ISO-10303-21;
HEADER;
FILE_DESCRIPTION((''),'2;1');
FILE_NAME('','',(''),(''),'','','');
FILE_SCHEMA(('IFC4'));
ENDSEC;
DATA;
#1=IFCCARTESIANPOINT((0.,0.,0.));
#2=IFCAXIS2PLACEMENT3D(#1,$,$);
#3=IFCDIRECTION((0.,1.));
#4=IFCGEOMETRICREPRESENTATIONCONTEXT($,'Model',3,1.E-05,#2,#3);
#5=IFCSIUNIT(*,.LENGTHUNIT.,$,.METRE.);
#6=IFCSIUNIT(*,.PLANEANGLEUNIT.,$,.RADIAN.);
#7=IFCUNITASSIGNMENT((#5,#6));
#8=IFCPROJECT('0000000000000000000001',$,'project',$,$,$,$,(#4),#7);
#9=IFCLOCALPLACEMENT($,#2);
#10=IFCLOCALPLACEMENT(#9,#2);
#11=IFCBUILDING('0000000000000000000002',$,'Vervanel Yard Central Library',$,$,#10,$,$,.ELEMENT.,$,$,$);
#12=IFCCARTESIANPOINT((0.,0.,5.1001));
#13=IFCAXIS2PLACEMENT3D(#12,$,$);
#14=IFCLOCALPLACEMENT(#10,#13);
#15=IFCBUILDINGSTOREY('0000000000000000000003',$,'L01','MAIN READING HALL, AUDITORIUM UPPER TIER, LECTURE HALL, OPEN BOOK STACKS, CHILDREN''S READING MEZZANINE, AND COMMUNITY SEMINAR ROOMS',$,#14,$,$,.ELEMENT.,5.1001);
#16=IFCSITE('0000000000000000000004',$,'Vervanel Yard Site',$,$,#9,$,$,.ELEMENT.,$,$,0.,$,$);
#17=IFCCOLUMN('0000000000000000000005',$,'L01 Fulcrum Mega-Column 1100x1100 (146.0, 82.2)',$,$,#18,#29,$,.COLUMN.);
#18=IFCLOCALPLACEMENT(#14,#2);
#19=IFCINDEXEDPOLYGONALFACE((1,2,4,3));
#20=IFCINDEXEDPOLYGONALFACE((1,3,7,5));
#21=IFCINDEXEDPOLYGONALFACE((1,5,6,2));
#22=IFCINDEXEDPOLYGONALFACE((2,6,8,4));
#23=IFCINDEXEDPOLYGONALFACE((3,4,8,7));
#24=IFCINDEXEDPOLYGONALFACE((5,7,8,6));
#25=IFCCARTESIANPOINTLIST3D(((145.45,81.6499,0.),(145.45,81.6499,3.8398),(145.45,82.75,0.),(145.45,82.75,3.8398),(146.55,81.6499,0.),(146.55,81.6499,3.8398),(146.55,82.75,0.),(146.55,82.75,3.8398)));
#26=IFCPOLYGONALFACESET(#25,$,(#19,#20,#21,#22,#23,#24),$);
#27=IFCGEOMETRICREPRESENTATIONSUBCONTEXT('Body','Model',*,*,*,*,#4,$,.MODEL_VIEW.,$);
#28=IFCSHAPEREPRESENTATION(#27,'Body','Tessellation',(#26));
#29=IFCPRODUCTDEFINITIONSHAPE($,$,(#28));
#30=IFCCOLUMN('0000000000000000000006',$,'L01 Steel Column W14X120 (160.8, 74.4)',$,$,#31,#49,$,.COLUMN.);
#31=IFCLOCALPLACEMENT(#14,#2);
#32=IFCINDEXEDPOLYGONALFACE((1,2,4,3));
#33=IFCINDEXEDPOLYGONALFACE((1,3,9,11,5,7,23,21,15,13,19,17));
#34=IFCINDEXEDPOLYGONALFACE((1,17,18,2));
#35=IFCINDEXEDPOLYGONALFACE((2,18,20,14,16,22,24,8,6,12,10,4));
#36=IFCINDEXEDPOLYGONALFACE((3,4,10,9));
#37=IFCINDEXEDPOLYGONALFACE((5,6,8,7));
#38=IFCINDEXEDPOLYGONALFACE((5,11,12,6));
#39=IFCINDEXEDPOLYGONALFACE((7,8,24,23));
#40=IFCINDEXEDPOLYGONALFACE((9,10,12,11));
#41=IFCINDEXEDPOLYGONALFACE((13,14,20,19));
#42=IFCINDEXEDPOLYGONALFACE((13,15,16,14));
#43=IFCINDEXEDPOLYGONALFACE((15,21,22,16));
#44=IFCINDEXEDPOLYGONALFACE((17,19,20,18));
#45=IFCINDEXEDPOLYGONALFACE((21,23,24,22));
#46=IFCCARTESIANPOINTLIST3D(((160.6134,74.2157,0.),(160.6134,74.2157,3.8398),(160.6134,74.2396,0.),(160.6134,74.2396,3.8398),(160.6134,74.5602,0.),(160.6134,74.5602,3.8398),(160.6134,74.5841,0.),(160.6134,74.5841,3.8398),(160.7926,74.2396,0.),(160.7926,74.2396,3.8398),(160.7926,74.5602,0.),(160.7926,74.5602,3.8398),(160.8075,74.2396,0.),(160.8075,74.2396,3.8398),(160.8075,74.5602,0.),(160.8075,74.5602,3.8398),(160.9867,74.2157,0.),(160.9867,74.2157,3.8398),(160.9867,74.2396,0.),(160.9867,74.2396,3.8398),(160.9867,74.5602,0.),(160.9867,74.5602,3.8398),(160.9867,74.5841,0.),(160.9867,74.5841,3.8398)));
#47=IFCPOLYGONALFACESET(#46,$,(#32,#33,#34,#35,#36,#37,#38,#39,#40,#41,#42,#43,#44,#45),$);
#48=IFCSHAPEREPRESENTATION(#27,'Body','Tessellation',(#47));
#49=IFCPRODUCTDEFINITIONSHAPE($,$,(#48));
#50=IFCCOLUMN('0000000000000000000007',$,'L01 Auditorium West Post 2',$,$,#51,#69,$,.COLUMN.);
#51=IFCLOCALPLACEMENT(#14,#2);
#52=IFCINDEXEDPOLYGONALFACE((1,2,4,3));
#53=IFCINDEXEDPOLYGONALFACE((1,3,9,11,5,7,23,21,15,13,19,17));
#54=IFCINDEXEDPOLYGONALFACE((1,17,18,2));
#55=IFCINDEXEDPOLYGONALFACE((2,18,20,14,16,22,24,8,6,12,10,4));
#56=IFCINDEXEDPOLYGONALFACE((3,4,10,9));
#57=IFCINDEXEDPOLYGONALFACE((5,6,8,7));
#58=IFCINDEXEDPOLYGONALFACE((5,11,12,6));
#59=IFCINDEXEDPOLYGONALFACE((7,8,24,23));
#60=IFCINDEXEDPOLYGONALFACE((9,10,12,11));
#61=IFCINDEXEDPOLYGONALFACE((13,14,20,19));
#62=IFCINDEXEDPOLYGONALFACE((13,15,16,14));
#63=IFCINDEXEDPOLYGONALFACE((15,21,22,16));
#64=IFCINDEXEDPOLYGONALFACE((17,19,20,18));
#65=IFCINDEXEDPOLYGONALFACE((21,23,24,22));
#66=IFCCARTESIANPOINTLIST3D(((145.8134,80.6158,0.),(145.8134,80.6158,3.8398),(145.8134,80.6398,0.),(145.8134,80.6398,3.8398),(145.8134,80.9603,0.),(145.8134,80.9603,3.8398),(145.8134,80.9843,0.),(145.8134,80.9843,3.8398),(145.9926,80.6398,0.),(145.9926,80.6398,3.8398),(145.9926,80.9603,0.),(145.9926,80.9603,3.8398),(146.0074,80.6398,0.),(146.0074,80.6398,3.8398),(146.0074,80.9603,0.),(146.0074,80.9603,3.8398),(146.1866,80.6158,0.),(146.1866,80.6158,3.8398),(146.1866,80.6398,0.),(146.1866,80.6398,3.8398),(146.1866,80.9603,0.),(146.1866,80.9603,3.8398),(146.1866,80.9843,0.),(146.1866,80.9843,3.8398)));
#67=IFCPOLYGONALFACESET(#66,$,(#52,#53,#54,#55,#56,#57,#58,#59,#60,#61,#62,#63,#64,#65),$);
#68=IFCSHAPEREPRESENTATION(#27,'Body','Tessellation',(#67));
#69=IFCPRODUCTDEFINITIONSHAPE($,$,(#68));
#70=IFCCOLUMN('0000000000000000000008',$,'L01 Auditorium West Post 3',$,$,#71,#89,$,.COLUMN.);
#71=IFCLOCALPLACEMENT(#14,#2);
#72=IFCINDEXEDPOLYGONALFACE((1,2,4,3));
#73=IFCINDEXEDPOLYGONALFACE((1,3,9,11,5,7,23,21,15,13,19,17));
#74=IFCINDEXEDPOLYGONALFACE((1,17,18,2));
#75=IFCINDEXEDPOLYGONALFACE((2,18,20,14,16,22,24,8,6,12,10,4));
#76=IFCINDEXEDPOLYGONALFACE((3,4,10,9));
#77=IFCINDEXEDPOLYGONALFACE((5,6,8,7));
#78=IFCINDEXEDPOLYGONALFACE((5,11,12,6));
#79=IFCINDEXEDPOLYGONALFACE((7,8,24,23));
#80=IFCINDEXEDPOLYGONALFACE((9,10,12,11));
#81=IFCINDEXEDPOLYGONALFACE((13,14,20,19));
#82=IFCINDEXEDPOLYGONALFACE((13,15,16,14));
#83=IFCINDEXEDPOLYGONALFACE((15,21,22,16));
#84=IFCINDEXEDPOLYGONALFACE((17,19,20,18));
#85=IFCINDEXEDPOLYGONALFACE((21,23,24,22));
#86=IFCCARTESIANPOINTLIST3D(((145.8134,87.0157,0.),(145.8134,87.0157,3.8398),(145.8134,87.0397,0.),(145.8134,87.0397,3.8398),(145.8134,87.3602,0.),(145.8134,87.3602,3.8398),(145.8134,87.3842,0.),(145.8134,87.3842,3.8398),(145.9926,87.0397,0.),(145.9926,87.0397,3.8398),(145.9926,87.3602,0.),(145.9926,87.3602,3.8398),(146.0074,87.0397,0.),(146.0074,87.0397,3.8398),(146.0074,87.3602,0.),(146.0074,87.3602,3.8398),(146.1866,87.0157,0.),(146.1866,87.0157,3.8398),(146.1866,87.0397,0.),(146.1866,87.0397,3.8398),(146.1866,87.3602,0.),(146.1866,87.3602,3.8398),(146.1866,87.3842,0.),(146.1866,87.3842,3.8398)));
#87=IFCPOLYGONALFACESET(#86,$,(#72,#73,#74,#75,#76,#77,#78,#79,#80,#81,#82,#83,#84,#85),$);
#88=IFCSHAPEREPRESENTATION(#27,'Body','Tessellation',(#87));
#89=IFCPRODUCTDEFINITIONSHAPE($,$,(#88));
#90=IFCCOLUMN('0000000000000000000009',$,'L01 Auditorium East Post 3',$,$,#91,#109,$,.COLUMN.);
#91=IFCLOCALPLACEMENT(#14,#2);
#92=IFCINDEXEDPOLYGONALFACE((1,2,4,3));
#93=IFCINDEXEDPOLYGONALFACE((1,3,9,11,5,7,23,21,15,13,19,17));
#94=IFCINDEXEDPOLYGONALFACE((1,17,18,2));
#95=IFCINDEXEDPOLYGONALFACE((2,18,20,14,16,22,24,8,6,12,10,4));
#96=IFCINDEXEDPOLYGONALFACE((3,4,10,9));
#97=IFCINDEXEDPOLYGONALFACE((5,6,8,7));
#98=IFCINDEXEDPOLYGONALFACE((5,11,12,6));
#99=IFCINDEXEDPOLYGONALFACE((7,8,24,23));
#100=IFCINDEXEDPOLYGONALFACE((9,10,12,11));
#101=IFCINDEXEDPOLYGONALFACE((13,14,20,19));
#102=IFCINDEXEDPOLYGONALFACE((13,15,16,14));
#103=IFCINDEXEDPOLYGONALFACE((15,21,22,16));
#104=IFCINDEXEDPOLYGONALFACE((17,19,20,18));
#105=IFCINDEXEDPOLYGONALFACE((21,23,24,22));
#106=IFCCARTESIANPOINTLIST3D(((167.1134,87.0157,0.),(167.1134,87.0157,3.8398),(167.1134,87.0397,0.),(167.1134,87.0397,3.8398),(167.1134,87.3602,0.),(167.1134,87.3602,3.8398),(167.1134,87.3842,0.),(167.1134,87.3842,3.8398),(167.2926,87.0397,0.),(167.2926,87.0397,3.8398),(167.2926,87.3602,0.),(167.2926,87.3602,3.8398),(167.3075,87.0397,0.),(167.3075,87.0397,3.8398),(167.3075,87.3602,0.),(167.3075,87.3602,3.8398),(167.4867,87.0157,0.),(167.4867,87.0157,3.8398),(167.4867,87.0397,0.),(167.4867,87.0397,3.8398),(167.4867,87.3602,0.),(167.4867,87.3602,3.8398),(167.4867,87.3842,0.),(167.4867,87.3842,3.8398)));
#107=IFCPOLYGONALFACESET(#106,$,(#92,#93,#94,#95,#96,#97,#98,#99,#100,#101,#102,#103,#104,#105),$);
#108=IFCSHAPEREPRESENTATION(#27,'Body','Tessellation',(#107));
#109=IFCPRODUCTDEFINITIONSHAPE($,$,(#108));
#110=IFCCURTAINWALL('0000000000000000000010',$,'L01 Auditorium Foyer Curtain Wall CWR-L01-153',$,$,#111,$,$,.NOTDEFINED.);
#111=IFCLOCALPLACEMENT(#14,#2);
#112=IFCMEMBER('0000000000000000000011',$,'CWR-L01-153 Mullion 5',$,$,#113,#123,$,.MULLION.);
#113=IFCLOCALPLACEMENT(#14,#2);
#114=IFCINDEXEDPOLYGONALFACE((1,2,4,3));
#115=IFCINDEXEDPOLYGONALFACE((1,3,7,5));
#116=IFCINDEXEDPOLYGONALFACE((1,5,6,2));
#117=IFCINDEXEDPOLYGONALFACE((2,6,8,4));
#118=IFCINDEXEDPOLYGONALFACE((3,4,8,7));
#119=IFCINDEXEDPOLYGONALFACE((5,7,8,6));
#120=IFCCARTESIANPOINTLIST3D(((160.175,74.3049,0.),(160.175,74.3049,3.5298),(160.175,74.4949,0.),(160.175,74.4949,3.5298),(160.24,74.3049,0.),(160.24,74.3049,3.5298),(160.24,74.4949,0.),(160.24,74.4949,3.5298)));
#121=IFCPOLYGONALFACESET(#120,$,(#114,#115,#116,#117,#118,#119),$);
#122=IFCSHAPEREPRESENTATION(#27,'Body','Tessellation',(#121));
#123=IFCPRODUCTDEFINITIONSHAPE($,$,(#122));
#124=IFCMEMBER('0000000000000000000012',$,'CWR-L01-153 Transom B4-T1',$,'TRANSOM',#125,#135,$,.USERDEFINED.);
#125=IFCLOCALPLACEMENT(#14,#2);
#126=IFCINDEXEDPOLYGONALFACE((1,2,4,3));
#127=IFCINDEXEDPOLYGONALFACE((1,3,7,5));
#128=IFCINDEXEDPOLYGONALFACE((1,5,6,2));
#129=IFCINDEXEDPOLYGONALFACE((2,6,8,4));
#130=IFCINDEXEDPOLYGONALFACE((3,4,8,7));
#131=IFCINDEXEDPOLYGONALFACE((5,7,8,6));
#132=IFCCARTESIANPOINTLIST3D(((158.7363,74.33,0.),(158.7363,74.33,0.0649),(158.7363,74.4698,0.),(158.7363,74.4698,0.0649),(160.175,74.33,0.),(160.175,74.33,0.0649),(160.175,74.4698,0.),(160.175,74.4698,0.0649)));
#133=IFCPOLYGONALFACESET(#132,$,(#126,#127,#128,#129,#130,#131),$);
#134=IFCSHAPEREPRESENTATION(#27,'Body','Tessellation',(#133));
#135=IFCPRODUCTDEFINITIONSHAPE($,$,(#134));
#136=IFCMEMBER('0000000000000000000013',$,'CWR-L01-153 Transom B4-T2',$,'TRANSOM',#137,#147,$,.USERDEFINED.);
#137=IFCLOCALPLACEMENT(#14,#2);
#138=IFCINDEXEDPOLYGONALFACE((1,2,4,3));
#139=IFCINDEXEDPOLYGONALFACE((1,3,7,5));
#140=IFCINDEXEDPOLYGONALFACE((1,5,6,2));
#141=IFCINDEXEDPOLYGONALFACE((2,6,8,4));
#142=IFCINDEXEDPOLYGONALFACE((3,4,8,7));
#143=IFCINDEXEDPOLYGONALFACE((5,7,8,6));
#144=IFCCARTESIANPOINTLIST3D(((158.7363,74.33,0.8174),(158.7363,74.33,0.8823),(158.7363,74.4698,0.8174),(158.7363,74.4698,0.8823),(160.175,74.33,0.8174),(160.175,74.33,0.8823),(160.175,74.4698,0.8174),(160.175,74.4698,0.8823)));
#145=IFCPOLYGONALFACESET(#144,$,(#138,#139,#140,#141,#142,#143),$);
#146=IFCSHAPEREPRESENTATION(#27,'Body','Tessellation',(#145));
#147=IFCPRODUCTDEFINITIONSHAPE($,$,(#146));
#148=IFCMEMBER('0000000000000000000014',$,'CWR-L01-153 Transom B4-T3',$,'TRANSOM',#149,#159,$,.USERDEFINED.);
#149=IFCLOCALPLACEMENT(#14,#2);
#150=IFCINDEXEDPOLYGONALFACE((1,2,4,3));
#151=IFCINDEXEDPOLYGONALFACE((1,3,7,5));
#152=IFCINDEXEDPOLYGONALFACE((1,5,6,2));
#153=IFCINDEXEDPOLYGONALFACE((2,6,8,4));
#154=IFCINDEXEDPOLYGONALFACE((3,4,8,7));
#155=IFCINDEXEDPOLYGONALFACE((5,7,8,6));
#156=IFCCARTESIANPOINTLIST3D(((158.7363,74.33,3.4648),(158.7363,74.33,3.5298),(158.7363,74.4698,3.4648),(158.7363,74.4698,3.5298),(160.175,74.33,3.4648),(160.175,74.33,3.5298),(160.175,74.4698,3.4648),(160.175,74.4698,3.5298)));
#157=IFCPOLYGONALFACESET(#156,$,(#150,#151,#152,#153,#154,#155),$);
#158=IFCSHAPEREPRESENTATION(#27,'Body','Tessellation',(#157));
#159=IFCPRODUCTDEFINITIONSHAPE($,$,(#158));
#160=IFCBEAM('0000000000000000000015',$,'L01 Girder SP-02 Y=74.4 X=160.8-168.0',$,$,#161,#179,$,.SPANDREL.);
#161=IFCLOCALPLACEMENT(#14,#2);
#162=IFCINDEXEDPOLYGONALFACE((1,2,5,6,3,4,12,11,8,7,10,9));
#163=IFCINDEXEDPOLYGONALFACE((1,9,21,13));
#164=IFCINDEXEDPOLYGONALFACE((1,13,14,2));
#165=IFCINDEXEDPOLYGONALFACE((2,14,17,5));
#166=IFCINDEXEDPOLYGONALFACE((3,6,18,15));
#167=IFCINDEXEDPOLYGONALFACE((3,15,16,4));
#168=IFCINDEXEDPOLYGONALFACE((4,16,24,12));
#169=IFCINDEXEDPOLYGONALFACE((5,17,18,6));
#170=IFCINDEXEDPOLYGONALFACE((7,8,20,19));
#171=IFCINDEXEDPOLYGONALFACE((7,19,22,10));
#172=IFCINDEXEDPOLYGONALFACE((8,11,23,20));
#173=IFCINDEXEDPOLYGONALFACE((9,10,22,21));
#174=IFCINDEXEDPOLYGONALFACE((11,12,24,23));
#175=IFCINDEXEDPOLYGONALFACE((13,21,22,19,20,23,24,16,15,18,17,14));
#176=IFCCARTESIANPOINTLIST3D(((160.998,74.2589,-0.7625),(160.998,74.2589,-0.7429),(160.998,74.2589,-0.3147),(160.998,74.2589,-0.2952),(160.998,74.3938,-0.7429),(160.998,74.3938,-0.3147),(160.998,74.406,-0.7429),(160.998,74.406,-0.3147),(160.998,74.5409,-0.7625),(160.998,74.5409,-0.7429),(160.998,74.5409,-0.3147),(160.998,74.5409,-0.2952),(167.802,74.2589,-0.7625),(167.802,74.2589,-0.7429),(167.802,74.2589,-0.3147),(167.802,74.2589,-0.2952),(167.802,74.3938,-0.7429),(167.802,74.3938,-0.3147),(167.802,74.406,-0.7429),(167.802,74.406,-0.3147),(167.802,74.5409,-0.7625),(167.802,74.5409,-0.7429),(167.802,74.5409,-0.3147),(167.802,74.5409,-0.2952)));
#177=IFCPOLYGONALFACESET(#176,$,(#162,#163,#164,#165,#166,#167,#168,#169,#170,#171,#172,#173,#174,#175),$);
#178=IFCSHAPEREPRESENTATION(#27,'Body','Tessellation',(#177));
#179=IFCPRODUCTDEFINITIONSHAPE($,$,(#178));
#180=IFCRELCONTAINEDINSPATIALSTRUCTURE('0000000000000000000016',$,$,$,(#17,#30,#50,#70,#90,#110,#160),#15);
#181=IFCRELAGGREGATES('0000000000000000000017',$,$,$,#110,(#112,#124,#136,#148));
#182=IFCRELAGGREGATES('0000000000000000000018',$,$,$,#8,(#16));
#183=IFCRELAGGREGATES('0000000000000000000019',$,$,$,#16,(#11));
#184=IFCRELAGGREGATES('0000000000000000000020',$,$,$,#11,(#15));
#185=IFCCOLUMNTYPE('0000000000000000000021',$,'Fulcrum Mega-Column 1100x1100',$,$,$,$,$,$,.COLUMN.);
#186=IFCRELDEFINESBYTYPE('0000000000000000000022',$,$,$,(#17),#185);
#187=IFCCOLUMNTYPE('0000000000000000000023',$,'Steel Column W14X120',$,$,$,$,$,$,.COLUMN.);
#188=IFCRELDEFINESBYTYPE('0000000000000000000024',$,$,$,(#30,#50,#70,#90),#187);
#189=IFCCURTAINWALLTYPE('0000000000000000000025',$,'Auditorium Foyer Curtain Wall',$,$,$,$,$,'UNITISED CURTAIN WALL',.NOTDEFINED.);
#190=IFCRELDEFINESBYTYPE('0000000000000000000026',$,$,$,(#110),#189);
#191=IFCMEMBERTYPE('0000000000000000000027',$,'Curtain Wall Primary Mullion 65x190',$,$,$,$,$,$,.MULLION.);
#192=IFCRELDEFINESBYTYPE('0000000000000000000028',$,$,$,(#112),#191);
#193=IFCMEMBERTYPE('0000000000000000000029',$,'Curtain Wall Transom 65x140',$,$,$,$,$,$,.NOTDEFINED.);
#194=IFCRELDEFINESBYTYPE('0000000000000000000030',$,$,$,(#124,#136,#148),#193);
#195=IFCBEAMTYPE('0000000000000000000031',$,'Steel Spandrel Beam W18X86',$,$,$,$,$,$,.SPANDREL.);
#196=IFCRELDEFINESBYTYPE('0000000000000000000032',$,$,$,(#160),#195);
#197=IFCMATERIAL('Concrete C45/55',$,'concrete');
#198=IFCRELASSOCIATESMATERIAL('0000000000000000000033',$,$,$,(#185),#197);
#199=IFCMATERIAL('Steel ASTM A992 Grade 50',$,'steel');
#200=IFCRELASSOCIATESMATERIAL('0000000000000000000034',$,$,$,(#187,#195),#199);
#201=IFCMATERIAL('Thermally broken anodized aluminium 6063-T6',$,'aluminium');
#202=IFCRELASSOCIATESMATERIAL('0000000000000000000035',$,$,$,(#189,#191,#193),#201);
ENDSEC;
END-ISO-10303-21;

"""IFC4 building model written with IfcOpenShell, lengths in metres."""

from ifc_helpers import new_model, si_unit, direction, frame, origin, origin_2d, place, context, subcontext, project, spatial, rectangle, i_section, extrude, material, material_profile, profile_set, type_object, element, aggregate, save


model = new_model("IFC4")

# Units and contexts
model_context = context("Model", 3, precision=1e-05, world=origin(), true_north=direction((0.0, 1.0)))
body_context = subcontext(model_context, "Body", "Model", "MODEL_VIEW")
ifc_project = project(units=[si_unit("LENGTHUNIT", "METRE"), si_unit("PLANEANGLEUNIT", "RADIAN")], contexts=[model_context])

# Site, building, storey
site_placement = place(None, origin())
site = spatial("IfcSite", under=ifc_project, at=site_placement, Name="Vervanel Yard Site", CompositionType="ELEMENT", RefElevation=0.0)
building_placement = place(site_placement, origin())
building = spatial("IfcBuilding", under=site, at=building_placement, Name="Vervanel Yard Central Library", CompositionType="ELEMENT")
storey_placement = place(building_placement, frame((0.0, 0.0, 5.1001)))
storey = spatial("IfcBuildingStorey", under=building, at=storey_placement, Name="L01", Description="MAIN READING HALL, AUDITORIUM UPPER TIER, LECTURE HALL, OPEN BOOK STACKS, CHILDREN'S READING MEZZANINE, AND COMMUNITY SEMINAR ROOMS", CompositionType="ELEMENT", Elevation=5.1001)

# Columns
ifc_material_1 = material(Name="Concrete C45/55", Category="concrete")
ifc_material_profile_1 = material_profile(ifc_material_1, rectangle(XDim=1.1001, YDim=1.1001, at=origin_2d()), Name="RC 1100x1100", Category="concrete")
ifc_profile_set_1 = profile_set([ifc_material_profile_1], Name="Concrete C45/55")
column_type_1 = type_object("IfcColumnType", Name="Fulcrum Mega-Column 1100x1100", PredefinedType="COLUMN", material=ifc_profile_set_1)
column_placement = place(storey_placement, frame((146.0, 82.2, 0.0), z_axis=(0.0, 0.0, 1.0), x_axis=(1.0, 0.0, 0.0)))
element("IfcColumn", 1, at=column_placement, inside=storey, type_object=column_type_1, Name="L01 Fulcrum Mega-Column 1100x1100 (146.0, 82.2)", PredefinedType="COLUMN", context=body_context, shape_type="SweptSolid", body=[
    extrude(rectangle(XDim=1.1001, YDim=1.1001, at=origin_2d()), origin(), (0.0, 0.0, 1.0), 3.8398),
])
ifc_material_2 = material(Name="Steel ASTM A992 Grade 50", Category="steel")
ifc_material_profile_2 = material_profile(ifc_material_2, i_section(OverallWidth=0.3733, OverallDepth=0.3684, WebThickness=0.0149, FlangeThickness=0.0239, at=origin_2d()), Name="W14X120", Category="steel")
ifc_profile_set_2 = profile_set([ifc_material_profile_2], Name="Steel ASTM A992 Grade 50")
column_type_2 = type_object("IfcColumnType", Name="Steel Column W14X120", PredefinedType="COLUMN", material=ifc_profile_set_2)
for number, where, z_axis, x_axis, name in (
    (2, (160.8, 74.3999, 0.0), (0.0, 0.0, 1.0), (1.0, 0.0, 0.0), "L01 Steel Column W14X120 (160.8, 74.4)"),
    (3, (146.0, 80.8, 0.0), (0.0, 0.0, 1.0), (1.0, 0.0, 0.0), "L01 Auditorium West Post 2"),
    (4, (146.0, 87.2, 0.0), (0.0, 0.0, 1.0), (1.0, 0.0, 0.0), "L01 Auditorium West Post 3"),
    (5, (167.3, 87.2, 0.0), (0.0, 0.0, 1.0), (1.0, 0.0, 0.0), "L01 Auditorium East Post 3"),
):
    element("IfcColumn", number, at=place(storey_placement, frame(where, z_axis=z_axis, x_axis=x_axis)), inside=storey, type_object=column_type_2, Name=name, PredefinedType="COLUMN", context=body_context, shape_type="SweptSolid", body=[
        extrude(i_section(OverallWidth=0.3733, OverallDepth=0.3684, WebThickness=0.0149, FlangeThickness=0.0239, at=origin_2d()), origin(), (0.0, 0.0, 1.0), 3.8398),
    ])

# Curtain wall, members
ifc_material_3 = material(Name="Thermally broken anodized aluminium 6063-T6", Category="aluminium")
curtain_wall_type = type_object("IfcCurtainWallType", Name="Auditorium Foyer Curtain Wall", ElementType="UNITISED CURTAIN WALL", PredefinedType="NOTDEFINED", material=ifc_material_3)
curtain_wall_placement = place(storey_placement, origin())
curtain_wall = element("IfcCurtainWall", 6, at=curtain_wall_placement, inside=storey, type_object=curtain_wall_type, Name="L01 Auditorium Foyer Curtain Wall CWR-L01-153", PredefinedType="NOTDEFINED")
ifc_material_profile_3 = material_profile(ifc_material_3, rectangle(XDim=0.0649, YDim=0.1899, at=origin_2d()), Name="ALU 65x190", Category="aluminium")
ifc_profile_set_3 = profile_set([ifc_material_profile_3], Name="Thermally broken anodized aluminium 6063-T6")
member_type_1 = type_object("IfcMemberType", Name="Curtain Wall Primary Mullion 65x190", PredefinedType="MULLION", material=ifc_profile_set_3)
member_1_placement = place(storey_placement, frame((160.2075, 74.3999, 0.0), z_axis=(0.0, 0.0, 1.0), x_axis=(1.0, 0.0, 0.0)))
member_1 = element("IfcMember", 7, at=member_1_placement, type_object=member_type_1, Name="CWR-L01-153 Mullion 5", PredefinedType="MULLION", context=body_context, shape_type="SweptSolid", body=[
    extrude(rectangle(XDim=0.0649, YDim=0.1899, at=origin_2d()), origin(), (0.0, 0.0, 1.0), 3.5298),
])
ifc_material_profile_4 = material_profile(ifc_material_3, rectangle(XDim=0.0649, YDim=0.1399, at=origin_2d()), Name="ALU 65x140", Category="aluminium")
ifc_profile_set_4 = profile_set([ifc_material_profile_4], Name="Thermally broken anodized aluminium 6063-T6")
member_type_2 = type_object("IfcMemberType", Name="Curtain Wall Transom 65x140", PredefinedType="NOTDEFINED", material=ifc_profile_set_4)
member_2_placement = place(storey_placement, frame((158.7363, 74.3999, 0.0325), z_axis=(1.0, 0.0, 0.0), x_axis=(0.0, 0.0, 1.0)))
member_2 = element("IfcMember", 8, at=member_2_placement, type_object=member_type_2, Name="CWR-L01-153 Transom B4-T1", ObjectType="TRANSOM", PredefinedType="USERDEFINED", context=body_context, shape_type="SweptSolid", body=[
    extrude(rectangle(XDim=0.0649, YDim=0.1399, at=origin_2d()), origin(), (0.0, 0.0, 1.0), 1.4387),
])
member_3_placement = place(storey_placement, frame((158.7363, 74.3999, 0.8499), z_axis=(1.0, 0.0, 0.0), x_axis=(0.0, 0.0, 1.0)))
member_3 = element("IfcMember", 9, at=member_3_placement, type_object=member_type_2, Name="CWR-L01-153 Transom B4-T2", ObjectType="TRANSOM", PredefinedType="USERDEFINED", context=body_context, shape_type="SweptSolid", body=[
    extrude(rectangle(XDim=0.0649, YDim=0.1399, at=origin_2d()), origin(), (0.0, 0.0, 1.0), 1.4387),
])
member_4_placement = place(storey_placement, frame((158.7363, 74.3999, 3.4973), z_axis=(1.0, 0.0, 0.0), x_axis=(0.0, 0.0, 1.0)))
member_4 = element("IfcMember", 10, at=member_4_placement, type_object=member_type_2, Name="CWR-L01-153 Transom B4-T3", ObjectType="TRANSOM", PredefinedType="USERDEFINED", context=body_context, shape_type="SweptSolid", body=[
    extrude(rectangle(XDim=0.0649, YDim=0.1399, at=origin_2d()), origin(), (0.0, 0.0, 1.0), 1.4387),
])

# Beam
ifc_material_profile_5 = material_profile(ifc_material_2, i_section(OverallWidth=0.282, OverallDepth=0.4673, WebThickness=0.0122, FlangeThickness=0.0195, at=origin_2d()), Name="W18X86", Category="steel")
ifc_profile_set_5 = profile_set([ifc_material_profile_5], Name="Steel ASTM A992 Grade 50")
beam_type = type_object("IfcBeamType", Name="Steel Spandrel Beam W18X86", PredefinedType="SPANDREL", material=ifc_profile_set_5)
beam_1_placement = place(storey_placement, frame((160.998, 74.3999, -0.5288), z_axis=(1.0, 0.0, 0.0), x_axis=(0.0, 1.0, 0.0)))
element("IfcBeam", 11, at=beam_1_placement, inside=storey, type_object=beam_type, Name="L01 Girder SP-02 Y=74.4 X=160.8-168.0", PredefinedType="SPANDREL", context=body_context, shape_type="SweptSolid", body=[
    extrude(i_section(OverallWidth=0.282, OverallDepth=0.4673, WebThickness=0.0122, FlangeThickness=0.0195, at=origin_2d()), origin(), (0.0, 0.0, 1.0), 6.804),
])

aggregate(curtain_wall, [member_1, member_2, member_3, member_4])

save(model, "model.ifc")
